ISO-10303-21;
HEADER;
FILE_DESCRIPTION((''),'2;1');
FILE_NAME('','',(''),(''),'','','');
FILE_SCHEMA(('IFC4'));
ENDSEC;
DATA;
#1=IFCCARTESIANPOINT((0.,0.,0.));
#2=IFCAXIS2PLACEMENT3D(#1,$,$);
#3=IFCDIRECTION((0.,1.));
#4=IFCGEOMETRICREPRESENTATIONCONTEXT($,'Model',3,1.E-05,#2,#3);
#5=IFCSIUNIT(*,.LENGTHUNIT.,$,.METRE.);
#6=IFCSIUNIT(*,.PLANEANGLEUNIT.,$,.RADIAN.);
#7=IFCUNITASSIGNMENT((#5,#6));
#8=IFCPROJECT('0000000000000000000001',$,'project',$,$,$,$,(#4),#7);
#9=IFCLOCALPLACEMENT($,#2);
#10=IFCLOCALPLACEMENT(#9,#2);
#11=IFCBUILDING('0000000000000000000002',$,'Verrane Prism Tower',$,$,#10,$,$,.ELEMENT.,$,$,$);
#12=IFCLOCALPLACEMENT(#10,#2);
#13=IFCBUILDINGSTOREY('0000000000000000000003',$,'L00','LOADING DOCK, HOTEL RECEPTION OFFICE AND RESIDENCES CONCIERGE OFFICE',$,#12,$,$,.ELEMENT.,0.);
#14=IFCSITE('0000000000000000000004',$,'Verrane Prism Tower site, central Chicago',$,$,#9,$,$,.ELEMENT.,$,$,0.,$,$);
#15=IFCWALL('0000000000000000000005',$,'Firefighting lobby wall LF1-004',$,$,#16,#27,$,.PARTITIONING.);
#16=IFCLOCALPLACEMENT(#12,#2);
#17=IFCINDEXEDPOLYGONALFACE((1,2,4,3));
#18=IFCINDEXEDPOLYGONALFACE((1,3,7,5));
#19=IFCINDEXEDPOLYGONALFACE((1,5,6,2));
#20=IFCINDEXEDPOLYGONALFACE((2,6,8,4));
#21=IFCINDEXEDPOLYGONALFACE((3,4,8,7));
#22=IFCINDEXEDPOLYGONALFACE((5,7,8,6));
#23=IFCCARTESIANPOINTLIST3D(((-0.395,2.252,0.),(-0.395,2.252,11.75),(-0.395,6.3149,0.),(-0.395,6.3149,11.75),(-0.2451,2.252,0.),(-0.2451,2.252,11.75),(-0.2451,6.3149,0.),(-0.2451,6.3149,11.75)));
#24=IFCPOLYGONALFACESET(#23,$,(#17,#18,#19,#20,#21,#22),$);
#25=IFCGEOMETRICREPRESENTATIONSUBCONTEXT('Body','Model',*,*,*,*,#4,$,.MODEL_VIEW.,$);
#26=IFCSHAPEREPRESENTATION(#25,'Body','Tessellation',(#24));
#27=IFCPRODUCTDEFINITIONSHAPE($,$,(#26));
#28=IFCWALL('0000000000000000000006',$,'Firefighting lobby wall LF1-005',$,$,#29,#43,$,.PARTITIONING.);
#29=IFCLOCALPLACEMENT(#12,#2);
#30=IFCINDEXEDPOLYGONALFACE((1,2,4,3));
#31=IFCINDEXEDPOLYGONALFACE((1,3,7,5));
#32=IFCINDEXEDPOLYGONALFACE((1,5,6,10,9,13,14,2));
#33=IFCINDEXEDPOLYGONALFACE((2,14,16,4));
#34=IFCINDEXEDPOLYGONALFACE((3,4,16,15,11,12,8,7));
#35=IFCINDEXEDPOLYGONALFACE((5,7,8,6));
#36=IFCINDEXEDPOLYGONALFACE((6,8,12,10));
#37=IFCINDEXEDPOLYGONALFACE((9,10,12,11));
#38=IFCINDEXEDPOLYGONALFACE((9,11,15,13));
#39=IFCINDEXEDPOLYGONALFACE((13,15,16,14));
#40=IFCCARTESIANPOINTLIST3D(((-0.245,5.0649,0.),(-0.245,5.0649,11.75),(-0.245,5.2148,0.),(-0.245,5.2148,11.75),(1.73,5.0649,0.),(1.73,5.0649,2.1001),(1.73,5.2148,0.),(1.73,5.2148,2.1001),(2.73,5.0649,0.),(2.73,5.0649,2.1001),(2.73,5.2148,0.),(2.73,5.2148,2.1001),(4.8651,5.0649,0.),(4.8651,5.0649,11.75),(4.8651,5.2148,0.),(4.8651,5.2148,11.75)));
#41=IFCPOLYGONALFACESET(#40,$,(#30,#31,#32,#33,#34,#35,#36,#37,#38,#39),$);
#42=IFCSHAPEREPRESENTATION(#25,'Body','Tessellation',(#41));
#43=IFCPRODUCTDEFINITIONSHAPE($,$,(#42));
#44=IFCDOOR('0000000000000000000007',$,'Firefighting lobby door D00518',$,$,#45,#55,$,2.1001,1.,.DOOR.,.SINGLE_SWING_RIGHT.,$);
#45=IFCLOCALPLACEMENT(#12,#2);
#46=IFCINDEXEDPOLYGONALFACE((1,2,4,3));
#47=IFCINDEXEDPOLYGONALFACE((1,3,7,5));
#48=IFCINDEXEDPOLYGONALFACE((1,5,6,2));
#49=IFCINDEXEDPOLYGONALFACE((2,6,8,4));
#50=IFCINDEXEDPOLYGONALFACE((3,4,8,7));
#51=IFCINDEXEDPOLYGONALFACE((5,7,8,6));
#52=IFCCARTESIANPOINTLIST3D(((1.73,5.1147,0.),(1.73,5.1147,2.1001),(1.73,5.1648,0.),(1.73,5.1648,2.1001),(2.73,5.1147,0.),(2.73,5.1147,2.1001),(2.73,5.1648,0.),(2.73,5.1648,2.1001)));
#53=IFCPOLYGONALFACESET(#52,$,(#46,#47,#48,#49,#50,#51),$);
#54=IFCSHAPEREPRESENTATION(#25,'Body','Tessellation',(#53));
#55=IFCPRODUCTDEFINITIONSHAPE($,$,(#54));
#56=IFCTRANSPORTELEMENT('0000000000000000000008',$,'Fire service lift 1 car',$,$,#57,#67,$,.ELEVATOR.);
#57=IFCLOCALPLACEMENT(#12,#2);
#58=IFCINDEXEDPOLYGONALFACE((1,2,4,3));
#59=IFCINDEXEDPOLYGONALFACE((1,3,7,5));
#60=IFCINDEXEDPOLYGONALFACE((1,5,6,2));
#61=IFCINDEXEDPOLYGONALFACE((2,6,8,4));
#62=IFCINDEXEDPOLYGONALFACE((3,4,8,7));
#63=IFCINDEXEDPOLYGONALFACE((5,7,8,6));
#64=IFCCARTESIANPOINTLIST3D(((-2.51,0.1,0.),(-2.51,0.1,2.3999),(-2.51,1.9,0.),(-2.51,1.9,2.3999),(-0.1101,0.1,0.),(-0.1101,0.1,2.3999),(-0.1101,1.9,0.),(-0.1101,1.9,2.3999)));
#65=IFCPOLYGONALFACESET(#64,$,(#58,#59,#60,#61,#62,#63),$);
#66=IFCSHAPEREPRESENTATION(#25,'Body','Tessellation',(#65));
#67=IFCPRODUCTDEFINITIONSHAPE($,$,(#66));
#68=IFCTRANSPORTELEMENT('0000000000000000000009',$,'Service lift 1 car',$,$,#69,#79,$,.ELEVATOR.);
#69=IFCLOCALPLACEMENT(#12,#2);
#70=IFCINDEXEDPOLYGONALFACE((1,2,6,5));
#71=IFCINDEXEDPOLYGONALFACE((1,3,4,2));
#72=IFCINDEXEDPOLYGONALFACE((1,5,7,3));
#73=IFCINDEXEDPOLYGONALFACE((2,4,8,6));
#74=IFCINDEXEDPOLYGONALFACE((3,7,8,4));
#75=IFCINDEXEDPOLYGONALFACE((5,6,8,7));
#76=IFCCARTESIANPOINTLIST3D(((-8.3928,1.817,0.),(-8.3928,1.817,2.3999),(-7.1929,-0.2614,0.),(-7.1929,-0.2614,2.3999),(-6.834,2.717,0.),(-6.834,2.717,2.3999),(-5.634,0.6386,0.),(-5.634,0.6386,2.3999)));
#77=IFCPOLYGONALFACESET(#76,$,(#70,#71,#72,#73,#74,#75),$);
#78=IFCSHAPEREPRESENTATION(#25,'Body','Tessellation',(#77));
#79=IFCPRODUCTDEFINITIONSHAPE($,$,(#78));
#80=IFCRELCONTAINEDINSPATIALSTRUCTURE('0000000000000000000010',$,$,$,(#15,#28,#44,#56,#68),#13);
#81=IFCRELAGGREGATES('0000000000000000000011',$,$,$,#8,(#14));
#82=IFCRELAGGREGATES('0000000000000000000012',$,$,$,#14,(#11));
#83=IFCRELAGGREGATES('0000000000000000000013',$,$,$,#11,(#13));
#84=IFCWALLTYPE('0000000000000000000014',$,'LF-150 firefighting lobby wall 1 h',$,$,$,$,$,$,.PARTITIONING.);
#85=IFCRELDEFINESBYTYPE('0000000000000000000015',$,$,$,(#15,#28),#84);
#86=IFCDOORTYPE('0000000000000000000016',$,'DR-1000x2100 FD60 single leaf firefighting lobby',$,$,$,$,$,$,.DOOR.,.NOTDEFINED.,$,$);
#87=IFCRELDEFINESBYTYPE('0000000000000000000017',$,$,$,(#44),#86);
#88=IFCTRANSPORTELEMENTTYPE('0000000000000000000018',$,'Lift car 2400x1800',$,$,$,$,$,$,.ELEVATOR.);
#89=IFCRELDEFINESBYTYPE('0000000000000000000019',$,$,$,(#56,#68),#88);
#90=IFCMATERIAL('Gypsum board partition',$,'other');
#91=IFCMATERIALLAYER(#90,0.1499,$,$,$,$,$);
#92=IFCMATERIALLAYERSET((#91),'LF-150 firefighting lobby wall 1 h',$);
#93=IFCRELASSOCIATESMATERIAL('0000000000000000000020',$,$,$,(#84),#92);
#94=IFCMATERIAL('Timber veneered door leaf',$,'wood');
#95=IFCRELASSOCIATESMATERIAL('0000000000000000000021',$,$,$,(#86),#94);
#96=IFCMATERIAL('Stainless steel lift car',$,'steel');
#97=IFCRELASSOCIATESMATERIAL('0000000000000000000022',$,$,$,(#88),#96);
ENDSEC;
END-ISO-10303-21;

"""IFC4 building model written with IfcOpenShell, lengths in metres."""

from ifc_helpers import new_model, si_unit, direction, frame, frame_2d, origin, origin_2d, place, context, subcontext, project, spatial, rectangle, extrude, material, layer, layer_set, type_object, element, fill, save


model = new_model("IFC4")

# Units and contexts
model_context = context("Model", 3, precision=1e-05, world=origin(), true_north=direction((0.0, 1.0)))
body_context = subcontext(model_context, "Body", "Model", "MODEL_VIEW")
ifc_project = project(units=[si_unit("LENGTHUNIT", "METRE"), si_unit("PLANEANGLEUNIT", "RADIAN")], contexts=[model_context])

# Site, building, storey
site_placement = place(None, origin())
site = spatial("IfcSite", under=ifc_project, at=site_placement, Name="Verrane Prism Tower site, central Chicago", CompositionType="ELEMENT", RefElevation=0.0)
building_placement = place(site_placement, origin())
building = spatial("IfcBuilding", under=site, at=building_placement, Name="Verrane Prism Tower", CompositionType="ELEMENT")
storey_placement = place(building_placement, origin())
storey = spatial("IfcBuildingStorey", under=building, at=storey_placement, Name="L00", Description="LOADING DOCK, HOTEL RECEPTION OFFICE AND RESIDENCES CONCIERGE OFFICE", CompositionType="ELEMENT", Elevation=0.0)

# Wall
ifc_material_1 = material(Name="Gypsum board partition", Category="other")
ifc_layer_1 = layer(ifc_material_1, 0.1499)
ifc_layer_set_1 = layer_set([ifc_layer_1], Name="LF-150 firefighting lobby wall 1 h")
wall_type_1 = type_object("IfcWallType", Name="LF-150 firefighting lobby wall 1 h", PredefinedType="PARTITIONING", material=ifc_layer_set_1)
wall_1_placement = place(storey_placement, frame((-0.3201, 2.252, 0.0), z_axis=(0.0, 0.0, 1.0), x_axis=(0.0, 1.0, 0.0)))
element("IfcWall", 1, at=wall_1_placement, inside=storey, type_object=wall_type_1, Name="Firefighting lobby wall LF1-004", PredefinedType="PARTITIONING", context=body_context, shape_type="SweptSolid", body=[
    extrude(rectangle(XDim=4.063, YDim=0.1499, at=frame_2d((2.0315, 0.0))), origin(), (0.0, 0.0, 1.0), 11.75),
])

# Wall, opening, door
wall_2_placement = place(storey_placement, frame((-0.2451, 5.1399, 0.0), z_axis=(0.0, 0.0, 1.0), x_axis=(1.0, 0.0, 0.0)))
wall_2 = element("IfcWall", 2, at=wall_2_placement, inside=storey, type_object=wall_type_1, Name="Firefighting lobby wall LF1-005", PredefinedType="PARTITIONING", context=body_context, shape_type="SweptSolid", body=[
    extrude(rectangle(XDim=5.1101, YDim=0.1499, at=frame_2d((2.5552, 0.0))), origin(), (0.0, 0.0, 1.0), 11.75),
])
opening_1_placement = place(wall_2_placement, frame((1.9751, 0.0, 0.0)))
opening_1 = element("IfcOpeningElement", 3, at=opening_1_placement, cuts=wall_2, PredefinedType="OPENING", context=body_context, shape_type="SweptSolid", body=[
    extrude(rectangle(XDim=1.0, YDim=2.1001, at=frame_2d((0.5, 1.05))), frame((0.0, 0.085, 0.0), z_axis=(0.0, -1.0, 0.0), x_axis=(1.0, 0.0, 0.0)), (0.0, 0.0, 1.0), 0.1699),
])
ifc_material_2 = material(Name="Timber veneered door leaf", Category="wood")
door_type_1 = type_object("IfcDoorType", Name="DR-1000x2100 FD60 single leaf firefighting lobby", OperationType="NOTDEFINED", PredefinedType="DOOR", material=ifc_material_2)
door_1_placement = place(opening_1_placement, origin())
door_1 = element("IfcDoor", 4, at=door_1_placement, inside=storey, type_object=door_type_1, Name="Firefighting lobby door D00518", OperationType="SINGLE_SWING_RIGHT", OverallHeight=2.1001, OverallWidth=1.0, PredefinedType="DOOR", context=body_context, shape_type="SweptSolid", body=[
    extrude(rectangle(XDim=1.0, YDim=2.1001, at=frame_2d((0.5, 1.05))), frame((0.0, 0.0249, 0.0), z_axis=(0.0, -1.0, 0.0), x_axis=(1.0, 0.0, 0.0)), (0.0, 0.0, 1.0), 0.05),
])
fill(opening_1, door_1)

# Transport elements
ifc_material_3 = material(Name="Stainless steel lift car", Category="steel")
transport_element_type = type_object("IfcTransportElementType", Name="Lift car 2400x1800", PredefinedType="ELEVATOR", material=ifc_material_3)
for number, where, z_axis, x_axis, name in (
    (5, (-1.3101, 1.0, 0.0), (0.0, 0.0, 1.0), (1.0, 0.0, 0.0), "Fire service lift 1 car"),
    (6, (-7.0134, 1.2278, 0.0), (0.0, 0.0, 1.0), (0.5, -0.866025, 0.0), "Service lift 1 car"),
):
    element("IfcTransportElement", number, at=place(storey_placement, frame(where, z_axis=z_axis, x_axis=x_axis)), inside=storey, type_object=transport_element_type, Name=name, PredefinedType="ELEVATOR", context=body_context, shape_type="SweptSolid", body=[
        extrude(rectangle(XDim=2.3999, YDim=1.8, at=origin_2d()), origin(), (0.0, 0.0, 1.0), 2.3999),
    ])

save(model, "model.ifc")
